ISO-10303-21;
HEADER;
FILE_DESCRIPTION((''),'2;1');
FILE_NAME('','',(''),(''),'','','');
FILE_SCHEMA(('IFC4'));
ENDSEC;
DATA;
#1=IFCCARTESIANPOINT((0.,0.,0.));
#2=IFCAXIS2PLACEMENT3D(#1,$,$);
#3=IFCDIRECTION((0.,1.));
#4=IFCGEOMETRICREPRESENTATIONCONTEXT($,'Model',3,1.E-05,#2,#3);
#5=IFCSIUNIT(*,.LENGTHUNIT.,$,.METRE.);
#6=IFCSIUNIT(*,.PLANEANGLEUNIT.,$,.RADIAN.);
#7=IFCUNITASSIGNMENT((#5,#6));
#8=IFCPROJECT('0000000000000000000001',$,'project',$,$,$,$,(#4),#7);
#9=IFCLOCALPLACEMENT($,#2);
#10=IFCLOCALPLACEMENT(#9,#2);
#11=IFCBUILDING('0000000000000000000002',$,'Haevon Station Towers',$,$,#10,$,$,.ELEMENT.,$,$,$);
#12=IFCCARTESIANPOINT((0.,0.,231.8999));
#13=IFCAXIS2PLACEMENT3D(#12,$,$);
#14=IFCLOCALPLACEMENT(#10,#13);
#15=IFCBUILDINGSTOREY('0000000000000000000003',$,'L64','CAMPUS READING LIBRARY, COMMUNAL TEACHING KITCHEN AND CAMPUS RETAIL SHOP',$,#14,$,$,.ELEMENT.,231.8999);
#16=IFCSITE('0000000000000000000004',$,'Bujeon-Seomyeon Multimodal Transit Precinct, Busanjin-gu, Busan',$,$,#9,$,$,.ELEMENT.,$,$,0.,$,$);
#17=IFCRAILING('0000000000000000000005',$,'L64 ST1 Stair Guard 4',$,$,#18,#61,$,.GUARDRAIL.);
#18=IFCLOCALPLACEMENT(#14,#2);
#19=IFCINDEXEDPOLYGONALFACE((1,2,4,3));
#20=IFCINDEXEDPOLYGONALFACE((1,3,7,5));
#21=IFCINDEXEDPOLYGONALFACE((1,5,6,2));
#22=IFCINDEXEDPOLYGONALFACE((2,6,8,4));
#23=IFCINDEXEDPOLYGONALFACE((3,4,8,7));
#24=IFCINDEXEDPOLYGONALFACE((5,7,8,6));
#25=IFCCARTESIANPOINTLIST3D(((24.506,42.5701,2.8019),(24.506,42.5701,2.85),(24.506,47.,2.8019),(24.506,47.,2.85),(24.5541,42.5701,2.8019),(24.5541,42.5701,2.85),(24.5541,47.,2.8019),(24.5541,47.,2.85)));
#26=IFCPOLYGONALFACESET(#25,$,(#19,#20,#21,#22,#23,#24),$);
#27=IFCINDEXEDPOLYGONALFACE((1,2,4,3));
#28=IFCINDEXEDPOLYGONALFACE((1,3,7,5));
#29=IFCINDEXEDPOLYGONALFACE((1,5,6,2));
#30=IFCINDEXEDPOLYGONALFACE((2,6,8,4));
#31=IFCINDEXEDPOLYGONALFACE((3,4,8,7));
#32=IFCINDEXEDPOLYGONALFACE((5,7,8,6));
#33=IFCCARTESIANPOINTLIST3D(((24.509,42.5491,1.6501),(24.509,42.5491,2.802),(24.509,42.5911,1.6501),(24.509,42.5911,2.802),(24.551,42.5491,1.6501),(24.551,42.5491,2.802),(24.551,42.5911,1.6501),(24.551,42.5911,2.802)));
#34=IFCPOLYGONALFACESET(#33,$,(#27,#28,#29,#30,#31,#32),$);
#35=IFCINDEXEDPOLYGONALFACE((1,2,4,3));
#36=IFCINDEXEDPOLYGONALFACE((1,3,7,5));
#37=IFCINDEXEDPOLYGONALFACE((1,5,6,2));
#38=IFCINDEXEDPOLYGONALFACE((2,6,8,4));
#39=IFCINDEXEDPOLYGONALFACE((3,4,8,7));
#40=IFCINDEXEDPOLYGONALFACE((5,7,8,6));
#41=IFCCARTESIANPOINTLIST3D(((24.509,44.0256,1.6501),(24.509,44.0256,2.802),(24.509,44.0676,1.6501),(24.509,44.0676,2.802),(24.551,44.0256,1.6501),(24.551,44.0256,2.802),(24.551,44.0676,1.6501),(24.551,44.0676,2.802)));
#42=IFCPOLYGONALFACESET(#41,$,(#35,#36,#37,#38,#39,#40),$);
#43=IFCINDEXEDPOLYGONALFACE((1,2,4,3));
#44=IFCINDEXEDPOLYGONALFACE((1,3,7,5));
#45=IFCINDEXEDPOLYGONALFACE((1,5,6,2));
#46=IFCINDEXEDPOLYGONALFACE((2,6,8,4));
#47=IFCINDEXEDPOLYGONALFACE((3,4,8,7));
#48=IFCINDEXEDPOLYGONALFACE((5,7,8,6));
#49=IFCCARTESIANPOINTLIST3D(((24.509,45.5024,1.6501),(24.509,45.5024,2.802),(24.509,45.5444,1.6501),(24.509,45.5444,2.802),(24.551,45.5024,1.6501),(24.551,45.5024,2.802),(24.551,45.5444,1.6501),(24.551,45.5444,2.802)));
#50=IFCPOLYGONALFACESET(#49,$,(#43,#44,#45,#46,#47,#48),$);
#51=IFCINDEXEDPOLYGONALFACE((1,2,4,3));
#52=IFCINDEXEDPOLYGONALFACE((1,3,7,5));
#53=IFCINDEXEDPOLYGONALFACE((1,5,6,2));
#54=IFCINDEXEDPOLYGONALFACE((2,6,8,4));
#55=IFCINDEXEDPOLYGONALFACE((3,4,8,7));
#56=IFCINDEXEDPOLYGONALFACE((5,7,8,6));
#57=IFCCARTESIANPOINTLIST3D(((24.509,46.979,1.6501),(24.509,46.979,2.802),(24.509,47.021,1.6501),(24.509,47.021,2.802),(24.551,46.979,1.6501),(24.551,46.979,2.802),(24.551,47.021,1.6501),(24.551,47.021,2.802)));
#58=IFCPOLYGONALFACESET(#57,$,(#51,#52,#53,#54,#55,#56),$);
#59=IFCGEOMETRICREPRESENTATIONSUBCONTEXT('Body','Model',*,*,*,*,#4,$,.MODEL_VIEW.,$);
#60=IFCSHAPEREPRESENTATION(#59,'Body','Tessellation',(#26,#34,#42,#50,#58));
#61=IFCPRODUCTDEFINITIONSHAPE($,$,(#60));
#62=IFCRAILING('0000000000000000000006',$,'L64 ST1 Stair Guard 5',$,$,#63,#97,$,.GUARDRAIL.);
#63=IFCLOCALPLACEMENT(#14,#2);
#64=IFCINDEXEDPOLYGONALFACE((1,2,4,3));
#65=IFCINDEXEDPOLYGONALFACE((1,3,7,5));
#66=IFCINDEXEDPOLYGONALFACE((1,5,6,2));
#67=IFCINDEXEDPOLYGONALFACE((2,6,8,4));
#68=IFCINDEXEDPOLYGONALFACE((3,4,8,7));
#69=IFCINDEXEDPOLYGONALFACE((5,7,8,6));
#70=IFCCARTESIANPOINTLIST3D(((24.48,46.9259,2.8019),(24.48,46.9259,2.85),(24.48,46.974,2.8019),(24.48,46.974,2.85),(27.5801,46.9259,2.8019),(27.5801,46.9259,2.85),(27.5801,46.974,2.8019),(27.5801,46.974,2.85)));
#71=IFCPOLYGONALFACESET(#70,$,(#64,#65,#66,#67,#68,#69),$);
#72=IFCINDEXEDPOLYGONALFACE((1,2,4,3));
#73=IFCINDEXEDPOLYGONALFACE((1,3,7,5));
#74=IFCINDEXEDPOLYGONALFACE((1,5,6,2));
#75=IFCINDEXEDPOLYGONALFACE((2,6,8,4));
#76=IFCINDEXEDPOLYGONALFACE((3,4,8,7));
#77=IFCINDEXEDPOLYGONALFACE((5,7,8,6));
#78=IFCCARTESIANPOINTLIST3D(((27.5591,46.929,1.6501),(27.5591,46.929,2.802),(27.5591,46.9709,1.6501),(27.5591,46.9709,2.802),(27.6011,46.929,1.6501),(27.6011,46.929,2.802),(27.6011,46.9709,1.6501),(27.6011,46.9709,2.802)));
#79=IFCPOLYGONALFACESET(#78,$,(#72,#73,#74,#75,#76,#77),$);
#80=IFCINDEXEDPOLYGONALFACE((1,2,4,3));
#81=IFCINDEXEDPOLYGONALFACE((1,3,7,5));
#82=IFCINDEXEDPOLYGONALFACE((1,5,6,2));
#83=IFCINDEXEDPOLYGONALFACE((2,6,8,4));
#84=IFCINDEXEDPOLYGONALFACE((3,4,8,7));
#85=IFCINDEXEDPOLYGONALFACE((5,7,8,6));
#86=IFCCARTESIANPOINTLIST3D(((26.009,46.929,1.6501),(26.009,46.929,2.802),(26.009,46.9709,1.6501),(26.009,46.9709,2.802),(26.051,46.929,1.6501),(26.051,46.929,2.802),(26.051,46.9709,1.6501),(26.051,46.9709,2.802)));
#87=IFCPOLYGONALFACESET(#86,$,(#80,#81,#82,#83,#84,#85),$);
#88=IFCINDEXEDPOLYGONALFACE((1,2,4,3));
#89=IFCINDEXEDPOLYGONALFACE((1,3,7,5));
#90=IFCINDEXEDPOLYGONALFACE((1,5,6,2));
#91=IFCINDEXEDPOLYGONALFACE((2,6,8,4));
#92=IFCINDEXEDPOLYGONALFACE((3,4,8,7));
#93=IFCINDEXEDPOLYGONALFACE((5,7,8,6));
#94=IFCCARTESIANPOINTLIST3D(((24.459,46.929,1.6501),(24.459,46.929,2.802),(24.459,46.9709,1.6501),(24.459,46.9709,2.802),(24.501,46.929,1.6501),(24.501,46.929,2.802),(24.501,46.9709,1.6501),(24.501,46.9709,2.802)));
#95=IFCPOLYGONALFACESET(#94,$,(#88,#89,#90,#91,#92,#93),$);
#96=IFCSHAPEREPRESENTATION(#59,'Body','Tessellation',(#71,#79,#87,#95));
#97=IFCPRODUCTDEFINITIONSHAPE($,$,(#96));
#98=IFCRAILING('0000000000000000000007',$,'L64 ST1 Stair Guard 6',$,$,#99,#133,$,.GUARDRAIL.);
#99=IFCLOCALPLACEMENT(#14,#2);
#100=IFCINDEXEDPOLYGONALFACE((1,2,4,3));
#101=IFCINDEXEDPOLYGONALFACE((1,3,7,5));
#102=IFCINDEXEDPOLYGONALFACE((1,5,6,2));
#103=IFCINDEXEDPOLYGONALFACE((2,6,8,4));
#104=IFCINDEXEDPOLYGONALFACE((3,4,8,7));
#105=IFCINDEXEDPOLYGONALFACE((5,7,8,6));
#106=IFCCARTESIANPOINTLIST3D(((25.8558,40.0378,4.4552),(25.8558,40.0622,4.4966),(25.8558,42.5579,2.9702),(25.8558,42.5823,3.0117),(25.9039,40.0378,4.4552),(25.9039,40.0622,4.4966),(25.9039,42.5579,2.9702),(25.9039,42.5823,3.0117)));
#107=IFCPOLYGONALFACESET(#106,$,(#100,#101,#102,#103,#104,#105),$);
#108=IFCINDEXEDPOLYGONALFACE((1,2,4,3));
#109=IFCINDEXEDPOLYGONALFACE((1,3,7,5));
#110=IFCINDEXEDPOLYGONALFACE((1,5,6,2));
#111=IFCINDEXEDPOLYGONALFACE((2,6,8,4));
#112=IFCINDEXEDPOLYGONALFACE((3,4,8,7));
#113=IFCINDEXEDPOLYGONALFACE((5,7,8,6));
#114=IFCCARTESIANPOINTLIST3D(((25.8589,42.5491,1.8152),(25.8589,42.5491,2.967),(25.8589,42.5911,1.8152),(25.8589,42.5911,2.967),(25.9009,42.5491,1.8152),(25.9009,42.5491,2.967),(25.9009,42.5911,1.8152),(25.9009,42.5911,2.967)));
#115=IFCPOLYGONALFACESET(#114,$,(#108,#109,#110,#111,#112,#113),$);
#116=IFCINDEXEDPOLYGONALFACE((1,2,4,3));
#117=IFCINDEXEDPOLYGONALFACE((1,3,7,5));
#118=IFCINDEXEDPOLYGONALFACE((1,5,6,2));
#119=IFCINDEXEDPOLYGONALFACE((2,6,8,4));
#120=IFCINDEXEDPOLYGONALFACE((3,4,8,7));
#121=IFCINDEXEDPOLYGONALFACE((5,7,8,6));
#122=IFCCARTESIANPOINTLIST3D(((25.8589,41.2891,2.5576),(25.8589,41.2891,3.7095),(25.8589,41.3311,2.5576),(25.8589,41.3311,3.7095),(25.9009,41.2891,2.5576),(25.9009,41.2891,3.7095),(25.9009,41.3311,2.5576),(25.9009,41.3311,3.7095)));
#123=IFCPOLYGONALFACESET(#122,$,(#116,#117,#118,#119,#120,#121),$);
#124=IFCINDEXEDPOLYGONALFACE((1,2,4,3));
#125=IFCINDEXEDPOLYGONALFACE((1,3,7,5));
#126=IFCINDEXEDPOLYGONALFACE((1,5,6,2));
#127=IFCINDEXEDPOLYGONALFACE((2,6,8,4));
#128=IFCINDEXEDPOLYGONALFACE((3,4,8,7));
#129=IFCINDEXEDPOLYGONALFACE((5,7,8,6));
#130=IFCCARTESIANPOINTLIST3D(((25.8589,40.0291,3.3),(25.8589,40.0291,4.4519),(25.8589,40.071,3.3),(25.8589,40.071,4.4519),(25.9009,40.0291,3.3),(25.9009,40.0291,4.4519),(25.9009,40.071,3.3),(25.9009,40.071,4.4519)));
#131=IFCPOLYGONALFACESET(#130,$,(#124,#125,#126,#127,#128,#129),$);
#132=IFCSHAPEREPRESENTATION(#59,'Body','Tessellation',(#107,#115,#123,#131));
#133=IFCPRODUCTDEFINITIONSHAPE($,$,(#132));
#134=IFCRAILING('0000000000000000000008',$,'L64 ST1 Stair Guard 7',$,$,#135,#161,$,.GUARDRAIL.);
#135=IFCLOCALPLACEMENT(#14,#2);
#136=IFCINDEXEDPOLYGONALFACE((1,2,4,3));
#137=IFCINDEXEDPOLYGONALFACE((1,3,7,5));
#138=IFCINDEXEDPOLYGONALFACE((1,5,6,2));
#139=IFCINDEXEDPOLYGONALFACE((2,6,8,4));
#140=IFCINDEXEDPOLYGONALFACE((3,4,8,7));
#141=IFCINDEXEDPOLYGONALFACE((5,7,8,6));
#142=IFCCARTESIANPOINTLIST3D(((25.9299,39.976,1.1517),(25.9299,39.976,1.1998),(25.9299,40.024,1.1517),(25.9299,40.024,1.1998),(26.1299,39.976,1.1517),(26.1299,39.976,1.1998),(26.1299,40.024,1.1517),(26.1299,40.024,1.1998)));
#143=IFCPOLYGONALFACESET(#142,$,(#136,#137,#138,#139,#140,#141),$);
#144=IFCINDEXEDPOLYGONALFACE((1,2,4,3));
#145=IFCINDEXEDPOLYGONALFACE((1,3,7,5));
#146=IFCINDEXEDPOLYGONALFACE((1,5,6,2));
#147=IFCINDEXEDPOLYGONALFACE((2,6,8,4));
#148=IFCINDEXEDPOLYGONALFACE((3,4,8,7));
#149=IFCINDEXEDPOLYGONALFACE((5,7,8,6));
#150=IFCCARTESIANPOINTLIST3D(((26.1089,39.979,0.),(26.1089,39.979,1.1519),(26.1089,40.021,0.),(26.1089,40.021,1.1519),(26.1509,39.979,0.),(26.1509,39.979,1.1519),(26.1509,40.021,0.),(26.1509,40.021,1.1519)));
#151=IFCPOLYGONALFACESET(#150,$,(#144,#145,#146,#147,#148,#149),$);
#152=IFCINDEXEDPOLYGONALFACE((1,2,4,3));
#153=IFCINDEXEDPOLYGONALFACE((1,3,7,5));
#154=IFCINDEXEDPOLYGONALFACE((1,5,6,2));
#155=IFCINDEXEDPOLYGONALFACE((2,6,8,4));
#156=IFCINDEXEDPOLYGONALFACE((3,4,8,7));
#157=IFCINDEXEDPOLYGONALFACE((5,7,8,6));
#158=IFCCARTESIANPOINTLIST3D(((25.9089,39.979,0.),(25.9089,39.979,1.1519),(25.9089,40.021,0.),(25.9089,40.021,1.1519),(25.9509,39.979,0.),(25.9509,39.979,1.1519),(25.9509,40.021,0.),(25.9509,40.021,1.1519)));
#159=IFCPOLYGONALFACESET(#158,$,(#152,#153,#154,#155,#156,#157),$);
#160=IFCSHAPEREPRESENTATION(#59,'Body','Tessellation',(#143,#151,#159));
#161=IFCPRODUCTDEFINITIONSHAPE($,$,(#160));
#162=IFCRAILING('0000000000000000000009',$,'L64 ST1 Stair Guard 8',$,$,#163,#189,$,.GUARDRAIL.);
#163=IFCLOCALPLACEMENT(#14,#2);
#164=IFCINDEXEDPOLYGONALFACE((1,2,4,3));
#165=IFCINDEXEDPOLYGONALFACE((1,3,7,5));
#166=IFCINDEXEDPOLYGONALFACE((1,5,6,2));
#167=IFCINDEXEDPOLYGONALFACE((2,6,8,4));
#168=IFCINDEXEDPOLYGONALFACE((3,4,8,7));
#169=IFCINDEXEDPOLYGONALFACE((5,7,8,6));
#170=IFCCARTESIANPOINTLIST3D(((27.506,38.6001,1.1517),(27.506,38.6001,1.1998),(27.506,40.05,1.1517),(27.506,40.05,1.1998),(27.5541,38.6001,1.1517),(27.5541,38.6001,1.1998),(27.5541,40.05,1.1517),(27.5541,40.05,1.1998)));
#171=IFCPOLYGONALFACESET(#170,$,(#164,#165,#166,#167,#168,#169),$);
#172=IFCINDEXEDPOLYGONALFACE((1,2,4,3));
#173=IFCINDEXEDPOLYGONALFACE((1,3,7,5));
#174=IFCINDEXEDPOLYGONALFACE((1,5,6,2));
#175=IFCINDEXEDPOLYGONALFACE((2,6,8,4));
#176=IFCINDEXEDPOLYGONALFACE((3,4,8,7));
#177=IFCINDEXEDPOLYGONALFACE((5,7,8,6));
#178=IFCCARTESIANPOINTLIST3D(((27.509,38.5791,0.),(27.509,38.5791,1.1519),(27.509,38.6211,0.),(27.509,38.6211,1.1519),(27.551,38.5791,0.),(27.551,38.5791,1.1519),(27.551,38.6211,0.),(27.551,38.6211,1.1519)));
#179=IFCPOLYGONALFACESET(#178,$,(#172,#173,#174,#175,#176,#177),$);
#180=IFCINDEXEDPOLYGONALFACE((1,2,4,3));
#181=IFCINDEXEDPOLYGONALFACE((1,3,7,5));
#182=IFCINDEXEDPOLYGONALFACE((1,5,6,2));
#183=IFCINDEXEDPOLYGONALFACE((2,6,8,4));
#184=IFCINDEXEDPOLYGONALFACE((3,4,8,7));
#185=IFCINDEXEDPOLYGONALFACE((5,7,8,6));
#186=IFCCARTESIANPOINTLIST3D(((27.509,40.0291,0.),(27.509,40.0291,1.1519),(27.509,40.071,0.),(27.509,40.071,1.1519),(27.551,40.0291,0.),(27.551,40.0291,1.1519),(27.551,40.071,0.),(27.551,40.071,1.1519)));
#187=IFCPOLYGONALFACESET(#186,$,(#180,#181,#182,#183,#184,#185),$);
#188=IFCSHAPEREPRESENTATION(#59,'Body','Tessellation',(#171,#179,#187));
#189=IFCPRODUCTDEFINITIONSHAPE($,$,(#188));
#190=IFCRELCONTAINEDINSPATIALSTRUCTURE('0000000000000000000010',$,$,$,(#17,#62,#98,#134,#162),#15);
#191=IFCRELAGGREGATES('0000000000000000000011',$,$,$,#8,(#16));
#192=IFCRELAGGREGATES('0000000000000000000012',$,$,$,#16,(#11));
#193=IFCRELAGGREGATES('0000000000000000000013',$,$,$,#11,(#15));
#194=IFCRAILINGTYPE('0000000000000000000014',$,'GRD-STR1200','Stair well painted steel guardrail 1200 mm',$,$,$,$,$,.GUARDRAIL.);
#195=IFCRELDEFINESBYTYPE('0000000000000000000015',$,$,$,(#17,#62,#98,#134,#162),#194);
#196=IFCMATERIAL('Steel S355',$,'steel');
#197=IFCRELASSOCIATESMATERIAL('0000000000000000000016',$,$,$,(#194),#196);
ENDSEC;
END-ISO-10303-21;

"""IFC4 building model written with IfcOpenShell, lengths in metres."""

from ifc_helpers import new_model, si_unit, direction, frame, origin, origin_2d, place, context, subcontext, project, spatial, rectangle, extrude, material, type_object, element, save


model = new_model("IFC4")

# Units and contexts
model_context = context("Model", 3, precision=1e-05, world=origin(), true_north=direction((0.0, 1.0)))
body_context = subcontext(model_context, "Body", "Model", "MODEL_VIEW")
ifc_project = project(units=[si_unit("LENGTHUNIT", "METRE"), si_unit("PLANEANGLEUNIT", "RADIAN")], contexts=[model_context])

# Site, building, storey
site_placement = place(None, origin())
site = spatial("IfcSite", under=ifc_project, at=site_placement, Name="Bujeon-Seomyeon Multimodal Transit Precinct, Busanjin-gu, Busan", CompositionType="ELEMENT", RefElevation=0.0)
building_placement = place(site_placement, origin())
building = spatial("IfcBuilding", under=site, at=building_placement, Name="Haevon Station Towers", CompositionType="ELEMENT")
storey_placement = place(building_placement, frame((0.0, 0.0, 231.8999)))
storey = spatial("IfcBuildingStorey", under=building, at=storey_placement, Name="L64", Description="CAMPUS READING LIBRARY, COMMUNAL TEACHING KITCHEN AND CAMPUS RETAIL SHOP", CompositionType="ELEMENT", Elevation=231.8999)

# Shared definitions
ifc_material_1 = material(Name="Steel S355", Category="steel")

# Railings
railing_type_1 = type_object("IfcRailingType", Name="GRD-STR1200", Description="Stair well painted steel guardrail 1200 mm", PredefinedType="GUARDRAIL", material=ifc_material_1)
for number, where, name in (
    (1, (24.53, 42.5701, 1.6501), "L64 ST1 Stair Guard 4"),
):
    element("IfcRailing", number, at=place(storey_placement, frame(where)), inside=storey, type_object=railing_type_1, Name=name, PredefinedType="GUARDRAIL", context=body_context, shape_type="SweptSolid", body=[
        extrude(rectangle(XDim=0.0481, YDim=0.0481, at=origin_2d()), frame((0.0, 0.0, 1.1758), z_axis=(0.0, 1.0, 0.0), x_axis=(-1.0, 0.0, 0.0)), (0.0, 0.0, 1.0), 4.4299),
        extrude(rectangle(XDim=0.042, YDim=0.042, at=origin_2d()), origin(), (0.0, 0.0, 1.0), 1.1519),
        extrude(rectangle(XDim=0.042, YDim=0.042, at=origin_2d()), frame((0.0, 1.4766, 0.0)), (0.0, 0.0, 1.0), 1.1519),
        extrude(rectangle(XDim=0.042, YDim=0.042, at=origin_2d()), frame((0.0, 2.9534, 0.0)), (0.0, 0.0, 1.0), 1.1519),
        extrude(rectangle(XDim=0.042, YDim=0.042, at=origin_2d()), frame((0.0, 4.4299, 0.0)), (0.0, 0.0, 1.0), 1.1519),
    ])
railing_1_placement = place(storey_placement, frame((27.5801, 46.95, 1.6501)))
element("IfcRailing", 2, at=railing_1_placement, inside=storey, type_object=railing_type_1, Name="L64 ST1 Stair Guard 5", PredefinedType="GUARDRAIL", context=body_context, shape_type="SweptSolid", body=[
    extrude(rectangle(XDim=0.0481, YDim=0.0481, at=origin_2d()), frame((0.0, 0.0, 1.1758), z_axis=(-1.0, 0.0, 0.0), x_axis=(0.0, -1.0, 0.0)), (0.0, 0.0, 1.0), 3.1001),
    extrude(rectangle(XDim=0.042, YDim=0.042, at=origin_2d()), origin(), (0.0, 0.0, 1.0), 1.1519),
    extrude(rectangle(XDim=0.042, YDim=0.042, at=origin_2d()), frame((-1.55, 0.0, 0.0)), (0.0, 0.0, 1.0), 1.1519),
    extrude(rectangle(XDim=0.042, YDim=0.042, at=origin_2d()), frame((-3.1001, 0.0, 0.0)), (0.0, 0.0, 1.0), 1.1519),
])
railing_2_placement = place(storey_placement, frame((25.8799, 42.5701, 1.8152)))
element("IfcRailing", 3, at=railing_2_placement, inside=storey, type_object=railing_type_1, Name="L64 ST1 Stair Guard 6", PredefinedType="GUARDRAIL", context=body_context, shape_type="SweptSolid", body=[
    extrude(rectangle(XDim=0.0481, YDim=0.0481, at=origin_2d()), frame((0.0, 0.0, 1.1758), z_axis=(0.0, -0.861561, 0.507655), x_axis=(1.0, 0.0, 0.0)), (0.0, 0.0, 1.0), 2.925),
    extrude(rectangle(XDim=0.042, YDim=0.042, at=origin_2d()), origin(), (0.0, 0.0, 1.0), 1.1519),
    extrude(rectangle(XDim=0.042, YDim=0.042, at=origin_2d()), frame((0.0, -1.26, 0.7424)), (0.0, 0.0, 1.0), 1.1519),
    extrude(rectangle(XDim=0.042, YDim=0.042, at=origin_2d()), frame((0.0, -2.52, 1.4849)), (0.0, 0.0, 1.0), 1.1519),
])
railing_3_placement = place(storey_placement, frame((26.1299, 40.0, 0.0)))
element("IfcRailing", 4, at=railing_3_placement, inside=storey, type_object=railing_type_1, Name="L64 ST1 Stair Guard 7", PredefinedType="GUARDRAIL", context=body_context, shape_type="SweptSolid", body=[
    extrude(rectangle(XDim=0.0481, YDim=0.0481, at=origin_2d()), frame((0.0, 0.0, 1.1758), z_axis=(-1.0, 0.0, 0.0), x_axis=(0.0, -1.0, 0.0)), (0.0, 0.0, 1.0), 0.2),
    extrude(rectangle(XDim=0.042, YDim=0.042, at=origin_2d()), origin(), (0.0, 0.0, 1.0), 1.1519),
    extrude(rectangle(XDim=0.042, YDim=0.042, at=origin_2d()), frame((-0.2, 0.0, 0.0)), (0.0, 0.0, 1.0), 1.1519),
])
railing_4_placement = place(storey_placement, frame((27.53, 38.6001, 0.0)))
element("IfcRailing", 5, at=railing_4_placement, inside=storey, type_object=railing_type_1, Name="L64 ST1 Stair Guard 8", PredefinedType="GUARDRAIL", context=body_context, shape_type="SweptSolid", body=[
    extrude(rectangle(XDim=0.0481, YDim=0.0481, at=origin_2d()), frame((0.0, 0.0, 1.1758), z_axis=(0.0, 1.0, 0.0), x_axis=(-1.0, 0.0, 0.0)), (0.0, 0.0, 1.0), 1.45),
    extrude(rectangle(XDim=0.042, YDim=0.042, at=origin_2d()), origin(), (0.0, 0.0, 1.0), 1.1519),
    extrude(rectangle(XDim=0.042, YDim=0.042, at=origin_2d()), frame((0.0, 1.45, 0.0)), (0.0, 0.0, 1.0), 1.1519),
])

save(model, "model.ifc")
